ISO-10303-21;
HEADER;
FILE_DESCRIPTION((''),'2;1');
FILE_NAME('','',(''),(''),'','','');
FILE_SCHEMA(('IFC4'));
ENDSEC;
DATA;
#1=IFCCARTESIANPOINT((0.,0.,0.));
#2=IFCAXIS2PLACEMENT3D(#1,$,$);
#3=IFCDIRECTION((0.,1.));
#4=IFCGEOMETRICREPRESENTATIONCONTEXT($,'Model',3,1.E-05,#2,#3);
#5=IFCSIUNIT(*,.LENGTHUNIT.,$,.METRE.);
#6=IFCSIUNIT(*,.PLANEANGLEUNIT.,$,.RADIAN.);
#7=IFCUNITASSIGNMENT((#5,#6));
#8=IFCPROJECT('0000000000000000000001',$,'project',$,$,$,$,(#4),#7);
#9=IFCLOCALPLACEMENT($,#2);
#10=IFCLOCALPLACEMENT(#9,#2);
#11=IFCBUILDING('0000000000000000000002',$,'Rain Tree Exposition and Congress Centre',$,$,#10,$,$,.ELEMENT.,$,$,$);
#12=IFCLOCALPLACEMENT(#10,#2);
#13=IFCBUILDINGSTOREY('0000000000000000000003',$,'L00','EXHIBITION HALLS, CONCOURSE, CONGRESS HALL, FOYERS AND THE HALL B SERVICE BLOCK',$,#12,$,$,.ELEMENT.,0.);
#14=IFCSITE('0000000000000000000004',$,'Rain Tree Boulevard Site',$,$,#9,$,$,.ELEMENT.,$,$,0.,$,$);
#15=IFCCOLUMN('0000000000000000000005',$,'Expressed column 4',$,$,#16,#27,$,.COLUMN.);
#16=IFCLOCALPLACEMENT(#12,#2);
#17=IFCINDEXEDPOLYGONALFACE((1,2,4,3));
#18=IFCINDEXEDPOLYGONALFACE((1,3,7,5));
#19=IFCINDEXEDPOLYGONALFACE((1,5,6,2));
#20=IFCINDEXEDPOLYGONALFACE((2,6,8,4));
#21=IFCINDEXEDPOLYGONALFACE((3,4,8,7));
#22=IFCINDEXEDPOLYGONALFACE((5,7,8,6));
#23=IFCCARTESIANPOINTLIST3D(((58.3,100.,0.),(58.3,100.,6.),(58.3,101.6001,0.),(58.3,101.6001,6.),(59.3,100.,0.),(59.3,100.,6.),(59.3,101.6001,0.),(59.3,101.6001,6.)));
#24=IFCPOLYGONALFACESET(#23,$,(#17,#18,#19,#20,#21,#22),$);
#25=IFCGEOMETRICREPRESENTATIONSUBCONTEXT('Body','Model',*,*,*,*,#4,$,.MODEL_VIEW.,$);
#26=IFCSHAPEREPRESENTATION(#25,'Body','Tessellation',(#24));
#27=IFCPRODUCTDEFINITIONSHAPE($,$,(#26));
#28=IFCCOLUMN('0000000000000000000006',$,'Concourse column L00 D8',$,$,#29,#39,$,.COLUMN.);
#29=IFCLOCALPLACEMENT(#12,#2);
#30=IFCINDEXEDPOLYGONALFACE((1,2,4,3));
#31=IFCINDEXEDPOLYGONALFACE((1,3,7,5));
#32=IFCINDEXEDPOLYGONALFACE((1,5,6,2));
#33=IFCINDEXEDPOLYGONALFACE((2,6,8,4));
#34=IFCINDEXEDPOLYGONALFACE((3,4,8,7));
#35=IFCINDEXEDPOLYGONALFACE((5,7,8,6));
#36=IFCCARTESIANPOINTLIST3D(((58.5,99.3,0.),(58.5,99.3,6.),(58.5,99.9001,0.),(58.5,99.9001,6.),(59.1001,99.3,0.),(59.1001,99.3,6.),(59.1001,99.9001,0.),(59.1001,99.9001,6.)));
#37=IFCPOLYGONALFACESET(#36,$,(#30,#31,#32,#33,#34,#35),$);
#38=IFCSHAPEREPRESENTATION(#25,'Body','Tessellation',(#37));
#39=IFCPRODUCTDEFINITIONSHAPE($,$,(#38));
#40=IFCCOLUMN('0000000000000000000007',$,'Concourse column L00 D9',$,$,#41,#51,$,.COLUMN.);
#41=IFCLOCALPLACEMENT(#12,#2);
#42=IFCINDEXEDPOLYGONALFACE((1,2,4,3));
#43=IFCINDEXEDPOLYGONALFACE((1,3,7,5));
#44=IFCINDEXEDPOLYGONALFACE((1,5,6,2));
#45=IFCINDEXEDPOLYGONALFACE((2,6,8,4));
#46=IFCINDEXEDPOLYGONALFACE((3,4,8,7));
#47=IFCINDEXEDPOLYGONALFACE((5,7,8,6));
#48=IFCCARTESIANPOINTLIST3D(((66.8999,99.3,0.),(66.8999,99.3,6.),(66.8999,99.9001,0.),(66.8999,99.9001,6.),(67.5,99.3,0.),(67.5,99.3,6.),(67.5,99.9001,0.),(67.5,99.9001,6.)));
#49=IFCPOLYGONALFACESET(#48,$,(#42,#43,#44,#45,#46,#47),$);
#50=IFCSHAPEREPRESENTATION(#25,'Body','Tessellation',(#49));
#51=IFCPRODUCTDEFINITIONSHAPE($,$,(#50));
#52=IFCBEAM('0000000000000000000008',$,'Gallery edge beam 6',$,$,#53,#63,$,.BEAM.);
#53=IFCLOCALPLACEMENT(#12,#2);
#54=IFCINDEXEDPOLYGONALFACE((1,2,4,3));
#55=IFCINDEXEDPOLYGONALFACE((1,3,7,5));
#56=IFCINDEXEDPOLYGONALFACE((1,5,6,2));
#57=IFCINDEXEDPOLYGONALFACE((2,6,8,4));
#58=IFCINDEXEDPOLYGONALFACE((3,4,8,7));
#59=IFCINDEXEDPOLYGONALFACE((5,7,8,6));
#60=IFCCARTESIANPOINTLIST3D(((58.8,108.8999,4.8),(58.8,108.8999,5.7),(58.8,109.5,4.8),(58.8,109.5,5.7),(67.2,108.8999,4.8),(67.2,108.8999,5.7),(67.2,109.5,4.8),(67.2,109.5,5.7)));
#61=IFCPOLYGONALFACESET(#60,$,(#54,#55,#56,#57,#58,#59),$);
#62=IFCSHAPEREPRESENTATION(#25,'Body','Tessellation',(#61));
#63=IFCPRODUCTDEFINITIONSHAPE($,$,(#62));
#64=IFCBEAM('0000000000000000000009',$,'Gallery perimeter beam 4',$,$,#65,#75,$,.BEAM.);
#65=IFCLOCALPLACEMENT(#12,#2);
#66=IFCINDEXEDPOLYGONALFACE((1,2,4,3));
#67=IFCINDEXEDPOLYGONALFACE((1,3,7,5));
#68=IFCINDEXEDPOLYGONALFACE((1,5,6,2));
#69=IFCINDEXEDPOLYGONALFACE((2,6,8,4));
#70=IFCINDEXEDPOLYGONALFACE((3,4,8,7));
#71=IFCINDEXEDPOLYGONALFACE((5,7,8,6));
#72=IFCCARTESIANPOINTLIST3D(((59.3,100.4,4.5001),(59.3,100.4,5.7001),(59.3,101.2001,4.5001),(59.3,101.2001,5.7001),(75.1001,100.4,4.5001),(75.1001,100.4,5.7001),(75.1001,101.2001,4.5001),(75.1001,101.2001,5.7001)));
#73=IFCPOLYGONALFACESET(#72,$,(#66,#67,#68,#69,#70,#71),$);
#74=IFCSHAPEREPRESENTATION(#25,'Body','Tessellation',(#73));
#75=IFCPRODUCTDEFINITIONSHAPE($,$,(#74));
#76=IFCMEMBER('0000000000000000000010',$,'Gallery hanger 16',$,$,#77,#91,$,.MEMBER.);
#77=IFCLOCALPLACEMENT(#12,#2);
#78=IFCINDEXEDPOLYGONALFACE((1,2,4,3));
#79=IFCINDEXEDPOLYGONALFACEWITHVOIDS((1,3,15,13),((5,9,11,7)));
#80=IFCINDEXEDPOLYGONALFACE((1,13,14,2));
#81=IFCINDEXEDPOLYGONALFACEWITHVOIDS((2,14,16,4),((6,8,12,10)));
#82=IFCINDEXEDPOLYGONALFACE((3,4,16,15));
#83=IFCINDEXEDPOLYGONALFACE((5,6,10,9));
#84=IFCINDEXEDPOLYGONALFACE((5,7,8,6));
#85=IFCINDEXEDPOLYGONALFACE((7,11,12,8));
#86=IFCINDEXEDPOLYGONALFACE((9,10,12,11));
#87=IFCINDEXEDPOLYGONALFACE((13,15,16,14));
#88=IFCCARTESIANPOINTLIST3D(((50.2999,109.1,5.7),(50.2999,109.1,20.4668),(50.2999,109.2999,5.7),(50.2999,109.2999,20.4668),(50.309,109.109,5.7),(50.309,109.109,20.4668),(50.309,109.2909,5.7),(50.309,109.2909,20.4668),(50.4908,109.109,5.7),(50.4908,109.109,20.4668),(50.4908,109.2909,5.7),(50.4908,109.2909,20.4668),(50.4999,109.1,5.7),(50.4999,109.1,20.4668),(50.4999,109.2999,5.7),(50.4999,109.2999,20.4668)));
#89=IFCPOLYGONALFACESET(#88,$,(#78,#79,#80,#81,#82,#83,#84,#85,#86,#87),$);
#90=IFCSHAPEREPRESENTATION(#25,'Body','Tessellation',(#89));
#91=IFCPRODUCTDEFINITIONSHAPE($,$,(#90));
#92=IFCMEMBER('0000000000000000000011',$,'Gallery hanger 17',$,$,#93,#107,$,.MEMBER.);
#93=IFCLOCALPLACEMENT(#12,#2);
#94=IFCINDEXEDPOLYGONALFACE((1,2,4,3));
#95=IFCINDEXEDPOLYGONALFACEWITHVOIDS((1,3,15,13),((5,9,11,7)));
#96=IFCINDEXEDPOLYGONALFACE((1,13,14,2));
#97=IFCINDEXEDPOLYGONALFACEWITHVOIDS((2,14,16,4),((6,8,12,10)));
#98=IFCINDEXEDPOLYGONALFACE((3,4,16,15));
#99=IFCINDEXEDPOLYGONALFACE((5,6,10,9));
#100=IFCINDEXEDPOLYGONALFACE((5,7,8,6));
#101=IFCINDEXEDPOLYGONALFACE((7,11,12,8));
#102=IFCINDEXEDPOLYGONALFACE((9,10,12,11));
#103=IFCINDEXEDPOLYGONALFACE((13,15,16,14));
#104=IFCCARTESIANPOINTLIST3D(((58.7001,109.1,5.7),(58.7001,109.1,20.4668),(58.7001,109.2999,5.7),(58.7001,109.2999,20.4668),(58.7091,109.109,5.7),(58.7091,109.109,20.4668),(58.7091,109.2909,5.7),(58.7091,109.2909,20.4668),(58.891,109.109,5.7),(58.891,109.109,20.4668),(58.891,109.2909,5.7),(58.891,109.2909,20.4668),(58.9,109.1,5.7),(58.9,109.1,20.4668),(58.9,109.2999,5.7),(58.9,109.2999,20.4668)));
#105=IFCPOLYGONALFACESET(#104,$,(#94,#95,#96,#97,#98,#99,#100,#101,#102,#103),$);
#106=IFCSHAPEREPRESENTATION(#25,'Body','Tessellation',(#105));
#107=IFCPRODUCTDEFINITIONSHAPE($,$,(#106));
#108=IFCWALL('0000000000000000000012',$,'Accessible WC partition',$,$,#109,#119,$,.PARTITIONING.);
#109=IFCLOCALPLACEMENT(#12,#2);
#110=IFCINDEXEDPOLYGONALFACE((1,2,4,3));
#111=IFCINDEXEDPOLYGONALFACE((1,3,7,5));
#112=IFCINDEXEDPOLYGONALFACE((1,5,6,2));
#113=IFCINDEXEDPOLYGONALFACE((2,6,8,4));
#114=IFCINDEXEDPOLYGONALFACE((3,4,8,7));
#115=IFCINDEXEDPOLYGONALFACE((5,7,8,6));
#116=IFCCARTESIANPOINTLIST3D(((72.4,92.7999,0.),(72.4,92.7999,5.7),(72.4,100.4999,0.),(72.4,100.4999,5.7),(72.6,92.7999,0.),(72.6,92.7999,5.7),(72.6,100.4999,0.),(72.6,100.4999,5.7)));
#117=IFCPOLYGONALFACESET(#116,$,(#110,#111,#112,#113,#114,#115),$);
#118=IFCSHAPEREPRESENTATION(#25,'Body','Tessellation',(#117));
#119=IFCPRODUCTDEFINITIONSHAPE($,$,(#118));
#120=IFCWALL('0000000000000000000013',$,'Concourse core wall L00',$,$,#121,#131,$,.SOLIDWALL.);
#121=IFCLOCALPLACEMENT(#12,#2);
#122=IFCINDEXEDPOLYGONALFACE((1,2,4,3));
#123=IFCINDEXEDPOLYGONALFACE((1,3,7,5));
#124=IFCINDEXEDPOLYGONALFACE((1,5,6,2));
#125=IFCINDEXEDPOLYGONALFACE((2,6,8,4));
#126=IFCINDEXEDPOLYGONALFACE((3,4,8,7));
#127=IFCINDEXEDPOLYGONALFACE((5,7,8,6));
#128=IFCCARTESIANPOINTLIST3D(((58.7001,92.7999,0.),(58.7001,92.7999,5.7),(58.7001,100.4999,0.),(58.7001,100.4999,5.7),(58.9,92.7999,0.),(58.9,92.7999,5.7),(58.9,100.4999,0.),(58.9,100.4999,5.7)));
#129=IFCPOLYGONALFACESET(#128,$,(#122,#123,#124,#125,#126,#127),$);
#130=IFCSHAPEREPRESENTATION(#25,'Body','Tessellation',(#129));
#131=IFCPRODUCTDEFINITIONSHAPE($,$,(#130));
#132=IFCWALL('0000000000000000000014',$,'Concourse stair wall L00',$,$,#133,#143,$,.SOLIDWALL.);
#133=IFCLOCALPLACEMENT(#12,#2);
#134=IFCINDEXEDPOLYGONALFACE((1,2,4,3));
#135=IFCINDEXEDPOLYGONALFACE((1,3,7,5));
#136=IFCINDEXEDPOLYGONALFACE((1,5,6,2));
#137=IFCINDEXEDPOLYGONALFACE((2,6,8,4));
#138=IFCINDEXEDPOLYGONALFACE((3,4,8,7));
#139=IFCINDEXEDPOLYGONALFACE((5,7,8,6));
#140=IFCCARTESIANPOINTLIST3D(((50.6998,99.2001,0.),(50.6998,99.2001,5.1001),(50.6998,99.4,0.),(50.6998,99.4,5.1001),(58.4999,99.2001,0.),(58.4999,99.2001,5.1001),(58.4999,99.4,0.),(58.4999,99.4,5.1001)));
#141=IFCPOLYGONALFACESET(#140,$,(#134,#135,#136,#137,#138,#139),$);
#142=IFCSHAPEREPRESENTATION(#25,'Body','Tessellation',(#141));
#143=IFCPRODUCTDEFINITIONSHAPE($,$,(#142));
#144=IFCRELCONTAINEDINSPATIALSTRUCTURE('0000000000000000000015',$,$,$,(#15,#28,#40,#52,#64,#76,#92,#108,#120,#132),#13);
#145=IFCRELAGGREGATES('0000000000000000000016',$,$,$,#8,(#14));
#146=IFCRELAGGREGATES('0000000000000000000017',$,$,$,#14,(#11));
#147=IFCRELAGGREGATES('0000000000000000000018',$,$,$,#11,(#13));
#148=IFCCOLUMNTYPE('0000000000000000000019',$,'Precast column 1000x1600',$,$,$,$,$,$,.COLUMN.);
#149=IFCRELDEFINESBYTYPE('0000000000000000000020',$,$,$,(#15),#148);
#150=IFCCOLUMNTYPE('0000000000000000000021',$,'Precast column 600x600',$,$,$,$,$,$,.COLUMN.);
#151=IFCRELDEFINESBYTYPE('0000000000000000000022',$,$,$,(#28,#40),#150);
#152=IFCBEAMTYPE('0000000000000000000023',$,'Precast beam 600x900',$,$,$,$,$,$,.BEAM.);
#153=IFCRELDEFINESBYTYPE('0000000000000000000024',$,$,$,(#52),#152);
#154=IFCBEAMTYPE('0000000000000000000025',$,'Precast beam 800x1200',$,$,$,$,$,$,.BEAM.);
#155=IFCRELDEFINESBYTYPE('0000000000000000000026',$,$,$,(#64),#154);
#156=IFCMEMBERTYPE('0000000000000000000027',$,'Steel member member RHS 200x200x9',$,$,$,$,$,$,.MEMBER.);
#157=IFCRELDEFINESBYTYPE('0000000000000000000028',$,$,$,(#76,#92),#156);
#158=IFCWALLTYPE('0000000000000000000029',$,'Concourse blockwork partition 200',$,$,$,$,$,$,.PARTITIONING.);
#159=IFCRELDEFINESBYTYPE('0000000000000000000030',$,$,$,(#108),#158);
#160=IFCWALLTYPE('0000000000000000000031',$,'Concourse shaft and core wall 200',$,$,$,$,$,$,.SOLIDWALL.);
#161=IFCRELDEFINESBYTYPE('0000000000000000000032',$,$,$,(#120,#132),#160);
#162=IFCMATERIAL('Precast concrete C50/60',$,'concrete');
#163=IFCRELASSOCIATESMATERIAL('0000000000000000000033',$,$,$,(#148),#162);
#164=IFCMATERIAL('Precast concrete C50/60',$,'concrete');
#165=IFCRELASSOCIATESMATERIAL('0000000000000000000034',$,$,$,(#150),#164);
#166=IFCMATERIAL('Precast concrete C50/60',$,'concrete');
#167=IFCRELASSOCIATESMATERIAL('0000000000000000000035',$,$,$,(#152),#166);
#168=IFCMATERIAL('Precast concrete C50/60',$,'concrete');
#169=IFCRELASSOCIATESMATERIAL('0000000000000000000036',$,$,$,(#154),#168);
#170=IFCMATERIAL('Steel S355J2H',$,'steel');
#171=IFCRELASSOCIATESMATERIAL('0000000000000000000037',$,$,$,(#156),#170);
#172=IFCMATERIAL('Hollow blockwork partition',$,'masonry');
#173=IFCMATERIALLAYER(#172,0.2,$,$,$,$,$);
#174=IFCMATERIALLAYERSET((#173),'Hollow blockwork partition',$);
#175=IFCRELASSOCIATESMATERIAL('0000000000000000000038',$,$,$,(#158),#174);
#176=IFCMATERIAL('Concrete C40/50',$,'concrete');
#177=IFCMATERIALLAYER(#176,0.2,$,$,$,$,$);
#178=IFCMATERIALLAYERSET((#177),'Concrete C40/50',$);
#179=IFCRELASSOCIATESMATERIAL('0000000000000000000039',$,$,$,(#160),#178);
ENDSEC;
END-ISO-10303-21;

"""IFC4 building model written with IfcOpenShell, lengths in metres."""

from ifc_helpers import new_model, si_unit, direction, frame, frame_2d, origin, origin_2d, place, context, subcontext, project, spatial, rectangle, hollow_rectangle, extrude, material, layer, layer_set, material_profile, profile_set, type_object, element, save


model = new_model("IFC4")

# Units and contexts
model_context = context("Model", 3, precision=1e-05, world=origin(), true_north=direction((0.0, 1.0)))
body_context = subcontext(model_context, "Body", "Model", "MODEL_VIEW")
ifc_project = project(units=[si_unit("LENGTHUNIT", "METRE"), si_unit("PLANEANGLEUNIT", "RADIAN")], contexts=[model_context])

# Site, building, storey
site_placement = place(None, origin())
site = spatial("IfcSite", under=ifc_project, at=site_placement, Name="Rain Tree Boulevard Site", CompositionType="ELEMENT", RefElevation=0.0)
building_placement = place(site_placement, origin())
building = spatial("IfcBuilding", under=site, at=building_placement, Name="Rain Tree Exposition and Congress Centre", CompositionType="ELEMENT")
storey_placement = place(building_placement, origin())
storey = spatial("IfcBuildingStorey", under=building, at=storey_placement, Name="L00", Description="EXHIBITION HALLS, CONCOURSE, CONGRESS HALL, FOYERS AND THE HALL B SERVICE BLOCK", CompositionType="ELEMENT", Elevation=0.0)

# Columns
ifc_material_1 = material(Name="Precast concrete C50/60", Category="concrete")
ifc_material_profile_1 = material_profile(ifc_material_1, rectangle(XDim=1.0, YDim=1.6001, at=origin_2d()), Name="RC 1000x1600")
ifc_profile_set_1 = profile_set([ifc_material_profile_1], Name="Precast concrete C50/60")
column_type_1 = type_object("IfcColumnType", Name="Precast column 1000x1600", PredefinedType="COLUMN", material=ifc_profile_set_1)
column_placement = place(storey_placement, frame((58.8, 100.8, 0.0), z_axis=(0.0, 0.0, 1.0), x_axis=(1.0, 0.0, 0.0)))
element("IfcColumn", 1, at=column_placement, inside=storey, type_object=column_type_1, Name="Expressed column 4", PredefinedType="COLUMN", context=body_context, shape_type="SweptSolid", body=[
    extrude(rectangle(XDim=1.0, YDim=1.6001, at=origin_2d()), origin(), (0.0, 0.0, 1.0), 6.0),
])
ifc_material_2 = material(Name="Precast concrete C50/60", Category="concrete")
ifc_material_profile_2 = material_profile(ifc_material_2, rectangle(XDim=0.6001, YDim=0.6001, at=origin_2d()), Name="RC 600x600")
ifc_profile_set_2 = profile_set([ifc_material_profile_2], Name="Precast concrete C50/60")
column_type_2 = type_object("IfcColumnType", Name="Precast column 600x600", PredefinedType="COLUMN", material=ifc_profile_set_2)
for number, where, z_axis, x_axis, name in (
    (2, (58.8, 99.6001, 0.0), (0.0, 0.0, 1.0), (1.0, 0.0, 0.0), "Concourse column L00 D8"),
    (3, (67.2, 99.6001, 0.0), (0.0, 0.0, 1.0), (1.0, 0.0, 0.0), "Concourse column L00 D9"),
):
    element("IfcColumn", number, at=place(storey_placement, frame(where, z_axis=z_axis, x_axis=x_axis)), inside=storey, type_object=column_type_2, Name=name, PredefinedType="COLUMN", context=body_context, shape_type="SweptSolid", body=[
        extrude(rectangle(XDim=0.6001, YDim=0.6001, at=origin_2d()), origin(), (0.0, 0.0, 1.0), 6.0),
    ])

# Beams
ifc_material_3 = material(Name="Precast concrete C50/60", Category="concrete")
ifc_material_profile_3 = material_profile(ifc_material_3, rectangle(XDim=0.6001, YDim=0.8999, at=origin_2d()), Name="RC 600x900")
ifc_profile_set_3 = profile_set([ifc_material_profile_3], Name="Precast concrete C50/60")
beam_type_1 = type_object("IfcBeamType", Name="Precast beam 600x900", PredefinedType="BEAM", material=ifc_profile_set_3)
beam_1_placement = place(storey_placement, frame((58.8, 109.2, 5.25), z_axis=(1.0, 0.0, 0.0), x_axis=(0.0, 1.0, 0.0)))
element("IfcBeam", 4, at=beam_1_placement, inside=storey, type_object=beam_type_1, Name="Gallery edge beam 6", PredefinedType="BEAM", context=body_context, shape_type="SweptSolid", body=[
    extrude(rectangle(XDim=0.6001, YDim=0.8999, at=origin_2d()), origin(), (0.0, 0.0, 1.0), 8.3999),
])
ifc_material_4 = material(Name="Precast concrete C50/60", Category="concrete")
ifc_material_profile_4 = material_profile(ifc_material_4, rectangle(XDim=0.8, YDim=1.2, at=origin_2d()), Name="RC 800x1200")
ifc_profile_set_4 = profile_set([ifc_material_profile_4], Name="Precast concrete C50/60")
beam_type_2 = type_object("IfcBeamType", Name="Precast beam 800x1200", PredefinedType="BEAM", material=ifc_profile_set_4)
beam_2_placement = place(storey_placement, frame((59.3, 100.8, 5.1001), z_axis=(1.0, 0.0, 0.0), x_axis=(0.0, 1.0, 0.0)))
element("IfcBeam", 5, at=beam_2_placement, inside=storey, type_object=beam_type_2, Name="Gallery perimeter beam 4", PredefinedType="BEAM", context=body_context, shape_type="SweptSolid", body=[
    extrude(rectangle(XDim=0.8, YDim=1.2, at=origin_2d()), origin(), (0.0, 0.0, 1.0), 15.8),
])

# Members
ifc_material_5 = material(Name="Steel S355J2H", Category="steel")
ifc_material_profile_5 = material_profile(ifc_material_5, hollow_rectangle(XDim=0.2, YDim=0.2, WallThickness=0.009, at=origin_2d()), Name="RHS 200x200x9")
ifc_profile_set_5 = profile_set([ifc_material_profile_5], Name="Steel S355J2H")
member_type = type_object("IfcMemberType", Name="Steel member member RHS 200x200x9", PredefinedType="MEMBER", material=ifc_profile_set_5)
for number, where, z_axis, x_axis, name in (
    (6, (50.3999, 109.2, 5.7), (0.0, 0.0, 1.0), (1.0, 0.0, 0.0), "Gallery hanger 16"),
    (7, (58.8, 109.2, 5.7), (0.0, 0.0, 1.0), (1.0, 0.0, 0.0), "Gallery hanger 17"),
):
    element("IfcMember", number, at=place(storey_placement, frame(where, z_axis=z_axis, x_axis=x_axis)), inside=storey, type_object=member_type, Name=name, PredefinedType="MEMBER", context=body_context, shape_type="SweptSolid", body=[
        extrude(hollow_rectangle(XDim=0.2, YDim=0.2, WallThickness=0.009, at=origin_2d()), origin(), (0.0, 0.0, 1.0), 14.7668),
    ])

# Walls
ifc_material_6 = material(Name="Hollow blockwork partition", Category="masonry")
ifc_layer_1 = layer(ifc_material_6, 0.2)
ifc_layer_set_1 = layer_set([ifc_layer_1], Name="Hollow blockwork partition")
wall_type_1 = type_object("IfcWallType", Name="Concourse blockwork partition 200", PredefinedType="PARTITIONING", material=ifc_layer_set_1)
wall_1_placement = place(storey_placement, frame((72.5, 100.5, 0.0), z_axis=(0.0, 0.0, 1.0), x_axis=(0.0, -1.0, 0.0)))
element("IfcWall", 8, at=wall_1_placement, inside=storey, type_object=wall_type_1, Name="Accessible WC partition", PredefinedType="PARTITIONING", context=body_context, shape_type="SweptSolid", body=[
    extrude(rectangle(XDim=7.7, YDim=0.2, at=frame_2d((3.8501, 0.0))), origin(), (0.0, 0.0, 1.0), 5.7),
])
ifc_material_7 = material(Name="Concrete C40/50", Category="concrete")
ifc_layer_2 = layer(ifc_material_7, 0.2)
ifc_layer_set_2 = layer_set([ifc_layer_2], Name="Concrete C40/50")
wall_type_2 = type_object("IfcWallType", Name="Concourse shaft and core wall 200", PredefinedType="SOLIDWALL", material=ifc_layer_set_2)
wall_2_placement = place(storey_placement, frame((58.8, 100.5, 0.0), z_axis=(0.0, 0.0, 1.0), x_axis=(0.0, -1.0, 0.0)))
element("IfcWall", 9, at=wall_2_placement, inside=storey, type_object=wall_type_2, Name="Concourse core wall L00", PredefinedType="SOLIDWALL", context=body_context, shape_type="SweptSolid", body=[
    extrude(rectangle(XDim=7.7, YDim=0.2, at=frame_2d((3.8501, 0.0))), origin(), (0.0, 0.0, 1.0), 5.7),
])
wall_3_placement = place(storey_placement, frame((50.7, 99.3, 0.0), z_axis=(0.0, 0.0, 1.0), x_axis=(1.0, 0.0, 0.0)))
element("IfcWall", 10, at=wall_3_placement, inside=storey, type_object=wall_type_2, Name="Concourse stair wall L00", PredefinedType="SOLIDWALL", context=body_context, shape_type="SweptSolid", body=[
    extrude(rectangle(XDim=7.8, YDim=0.2, at=frame_2d((3.8999, 0.0))), origin(), (0.0, 0.0, 1.0), 5.1001),
])

save(model, "model.ifc")
